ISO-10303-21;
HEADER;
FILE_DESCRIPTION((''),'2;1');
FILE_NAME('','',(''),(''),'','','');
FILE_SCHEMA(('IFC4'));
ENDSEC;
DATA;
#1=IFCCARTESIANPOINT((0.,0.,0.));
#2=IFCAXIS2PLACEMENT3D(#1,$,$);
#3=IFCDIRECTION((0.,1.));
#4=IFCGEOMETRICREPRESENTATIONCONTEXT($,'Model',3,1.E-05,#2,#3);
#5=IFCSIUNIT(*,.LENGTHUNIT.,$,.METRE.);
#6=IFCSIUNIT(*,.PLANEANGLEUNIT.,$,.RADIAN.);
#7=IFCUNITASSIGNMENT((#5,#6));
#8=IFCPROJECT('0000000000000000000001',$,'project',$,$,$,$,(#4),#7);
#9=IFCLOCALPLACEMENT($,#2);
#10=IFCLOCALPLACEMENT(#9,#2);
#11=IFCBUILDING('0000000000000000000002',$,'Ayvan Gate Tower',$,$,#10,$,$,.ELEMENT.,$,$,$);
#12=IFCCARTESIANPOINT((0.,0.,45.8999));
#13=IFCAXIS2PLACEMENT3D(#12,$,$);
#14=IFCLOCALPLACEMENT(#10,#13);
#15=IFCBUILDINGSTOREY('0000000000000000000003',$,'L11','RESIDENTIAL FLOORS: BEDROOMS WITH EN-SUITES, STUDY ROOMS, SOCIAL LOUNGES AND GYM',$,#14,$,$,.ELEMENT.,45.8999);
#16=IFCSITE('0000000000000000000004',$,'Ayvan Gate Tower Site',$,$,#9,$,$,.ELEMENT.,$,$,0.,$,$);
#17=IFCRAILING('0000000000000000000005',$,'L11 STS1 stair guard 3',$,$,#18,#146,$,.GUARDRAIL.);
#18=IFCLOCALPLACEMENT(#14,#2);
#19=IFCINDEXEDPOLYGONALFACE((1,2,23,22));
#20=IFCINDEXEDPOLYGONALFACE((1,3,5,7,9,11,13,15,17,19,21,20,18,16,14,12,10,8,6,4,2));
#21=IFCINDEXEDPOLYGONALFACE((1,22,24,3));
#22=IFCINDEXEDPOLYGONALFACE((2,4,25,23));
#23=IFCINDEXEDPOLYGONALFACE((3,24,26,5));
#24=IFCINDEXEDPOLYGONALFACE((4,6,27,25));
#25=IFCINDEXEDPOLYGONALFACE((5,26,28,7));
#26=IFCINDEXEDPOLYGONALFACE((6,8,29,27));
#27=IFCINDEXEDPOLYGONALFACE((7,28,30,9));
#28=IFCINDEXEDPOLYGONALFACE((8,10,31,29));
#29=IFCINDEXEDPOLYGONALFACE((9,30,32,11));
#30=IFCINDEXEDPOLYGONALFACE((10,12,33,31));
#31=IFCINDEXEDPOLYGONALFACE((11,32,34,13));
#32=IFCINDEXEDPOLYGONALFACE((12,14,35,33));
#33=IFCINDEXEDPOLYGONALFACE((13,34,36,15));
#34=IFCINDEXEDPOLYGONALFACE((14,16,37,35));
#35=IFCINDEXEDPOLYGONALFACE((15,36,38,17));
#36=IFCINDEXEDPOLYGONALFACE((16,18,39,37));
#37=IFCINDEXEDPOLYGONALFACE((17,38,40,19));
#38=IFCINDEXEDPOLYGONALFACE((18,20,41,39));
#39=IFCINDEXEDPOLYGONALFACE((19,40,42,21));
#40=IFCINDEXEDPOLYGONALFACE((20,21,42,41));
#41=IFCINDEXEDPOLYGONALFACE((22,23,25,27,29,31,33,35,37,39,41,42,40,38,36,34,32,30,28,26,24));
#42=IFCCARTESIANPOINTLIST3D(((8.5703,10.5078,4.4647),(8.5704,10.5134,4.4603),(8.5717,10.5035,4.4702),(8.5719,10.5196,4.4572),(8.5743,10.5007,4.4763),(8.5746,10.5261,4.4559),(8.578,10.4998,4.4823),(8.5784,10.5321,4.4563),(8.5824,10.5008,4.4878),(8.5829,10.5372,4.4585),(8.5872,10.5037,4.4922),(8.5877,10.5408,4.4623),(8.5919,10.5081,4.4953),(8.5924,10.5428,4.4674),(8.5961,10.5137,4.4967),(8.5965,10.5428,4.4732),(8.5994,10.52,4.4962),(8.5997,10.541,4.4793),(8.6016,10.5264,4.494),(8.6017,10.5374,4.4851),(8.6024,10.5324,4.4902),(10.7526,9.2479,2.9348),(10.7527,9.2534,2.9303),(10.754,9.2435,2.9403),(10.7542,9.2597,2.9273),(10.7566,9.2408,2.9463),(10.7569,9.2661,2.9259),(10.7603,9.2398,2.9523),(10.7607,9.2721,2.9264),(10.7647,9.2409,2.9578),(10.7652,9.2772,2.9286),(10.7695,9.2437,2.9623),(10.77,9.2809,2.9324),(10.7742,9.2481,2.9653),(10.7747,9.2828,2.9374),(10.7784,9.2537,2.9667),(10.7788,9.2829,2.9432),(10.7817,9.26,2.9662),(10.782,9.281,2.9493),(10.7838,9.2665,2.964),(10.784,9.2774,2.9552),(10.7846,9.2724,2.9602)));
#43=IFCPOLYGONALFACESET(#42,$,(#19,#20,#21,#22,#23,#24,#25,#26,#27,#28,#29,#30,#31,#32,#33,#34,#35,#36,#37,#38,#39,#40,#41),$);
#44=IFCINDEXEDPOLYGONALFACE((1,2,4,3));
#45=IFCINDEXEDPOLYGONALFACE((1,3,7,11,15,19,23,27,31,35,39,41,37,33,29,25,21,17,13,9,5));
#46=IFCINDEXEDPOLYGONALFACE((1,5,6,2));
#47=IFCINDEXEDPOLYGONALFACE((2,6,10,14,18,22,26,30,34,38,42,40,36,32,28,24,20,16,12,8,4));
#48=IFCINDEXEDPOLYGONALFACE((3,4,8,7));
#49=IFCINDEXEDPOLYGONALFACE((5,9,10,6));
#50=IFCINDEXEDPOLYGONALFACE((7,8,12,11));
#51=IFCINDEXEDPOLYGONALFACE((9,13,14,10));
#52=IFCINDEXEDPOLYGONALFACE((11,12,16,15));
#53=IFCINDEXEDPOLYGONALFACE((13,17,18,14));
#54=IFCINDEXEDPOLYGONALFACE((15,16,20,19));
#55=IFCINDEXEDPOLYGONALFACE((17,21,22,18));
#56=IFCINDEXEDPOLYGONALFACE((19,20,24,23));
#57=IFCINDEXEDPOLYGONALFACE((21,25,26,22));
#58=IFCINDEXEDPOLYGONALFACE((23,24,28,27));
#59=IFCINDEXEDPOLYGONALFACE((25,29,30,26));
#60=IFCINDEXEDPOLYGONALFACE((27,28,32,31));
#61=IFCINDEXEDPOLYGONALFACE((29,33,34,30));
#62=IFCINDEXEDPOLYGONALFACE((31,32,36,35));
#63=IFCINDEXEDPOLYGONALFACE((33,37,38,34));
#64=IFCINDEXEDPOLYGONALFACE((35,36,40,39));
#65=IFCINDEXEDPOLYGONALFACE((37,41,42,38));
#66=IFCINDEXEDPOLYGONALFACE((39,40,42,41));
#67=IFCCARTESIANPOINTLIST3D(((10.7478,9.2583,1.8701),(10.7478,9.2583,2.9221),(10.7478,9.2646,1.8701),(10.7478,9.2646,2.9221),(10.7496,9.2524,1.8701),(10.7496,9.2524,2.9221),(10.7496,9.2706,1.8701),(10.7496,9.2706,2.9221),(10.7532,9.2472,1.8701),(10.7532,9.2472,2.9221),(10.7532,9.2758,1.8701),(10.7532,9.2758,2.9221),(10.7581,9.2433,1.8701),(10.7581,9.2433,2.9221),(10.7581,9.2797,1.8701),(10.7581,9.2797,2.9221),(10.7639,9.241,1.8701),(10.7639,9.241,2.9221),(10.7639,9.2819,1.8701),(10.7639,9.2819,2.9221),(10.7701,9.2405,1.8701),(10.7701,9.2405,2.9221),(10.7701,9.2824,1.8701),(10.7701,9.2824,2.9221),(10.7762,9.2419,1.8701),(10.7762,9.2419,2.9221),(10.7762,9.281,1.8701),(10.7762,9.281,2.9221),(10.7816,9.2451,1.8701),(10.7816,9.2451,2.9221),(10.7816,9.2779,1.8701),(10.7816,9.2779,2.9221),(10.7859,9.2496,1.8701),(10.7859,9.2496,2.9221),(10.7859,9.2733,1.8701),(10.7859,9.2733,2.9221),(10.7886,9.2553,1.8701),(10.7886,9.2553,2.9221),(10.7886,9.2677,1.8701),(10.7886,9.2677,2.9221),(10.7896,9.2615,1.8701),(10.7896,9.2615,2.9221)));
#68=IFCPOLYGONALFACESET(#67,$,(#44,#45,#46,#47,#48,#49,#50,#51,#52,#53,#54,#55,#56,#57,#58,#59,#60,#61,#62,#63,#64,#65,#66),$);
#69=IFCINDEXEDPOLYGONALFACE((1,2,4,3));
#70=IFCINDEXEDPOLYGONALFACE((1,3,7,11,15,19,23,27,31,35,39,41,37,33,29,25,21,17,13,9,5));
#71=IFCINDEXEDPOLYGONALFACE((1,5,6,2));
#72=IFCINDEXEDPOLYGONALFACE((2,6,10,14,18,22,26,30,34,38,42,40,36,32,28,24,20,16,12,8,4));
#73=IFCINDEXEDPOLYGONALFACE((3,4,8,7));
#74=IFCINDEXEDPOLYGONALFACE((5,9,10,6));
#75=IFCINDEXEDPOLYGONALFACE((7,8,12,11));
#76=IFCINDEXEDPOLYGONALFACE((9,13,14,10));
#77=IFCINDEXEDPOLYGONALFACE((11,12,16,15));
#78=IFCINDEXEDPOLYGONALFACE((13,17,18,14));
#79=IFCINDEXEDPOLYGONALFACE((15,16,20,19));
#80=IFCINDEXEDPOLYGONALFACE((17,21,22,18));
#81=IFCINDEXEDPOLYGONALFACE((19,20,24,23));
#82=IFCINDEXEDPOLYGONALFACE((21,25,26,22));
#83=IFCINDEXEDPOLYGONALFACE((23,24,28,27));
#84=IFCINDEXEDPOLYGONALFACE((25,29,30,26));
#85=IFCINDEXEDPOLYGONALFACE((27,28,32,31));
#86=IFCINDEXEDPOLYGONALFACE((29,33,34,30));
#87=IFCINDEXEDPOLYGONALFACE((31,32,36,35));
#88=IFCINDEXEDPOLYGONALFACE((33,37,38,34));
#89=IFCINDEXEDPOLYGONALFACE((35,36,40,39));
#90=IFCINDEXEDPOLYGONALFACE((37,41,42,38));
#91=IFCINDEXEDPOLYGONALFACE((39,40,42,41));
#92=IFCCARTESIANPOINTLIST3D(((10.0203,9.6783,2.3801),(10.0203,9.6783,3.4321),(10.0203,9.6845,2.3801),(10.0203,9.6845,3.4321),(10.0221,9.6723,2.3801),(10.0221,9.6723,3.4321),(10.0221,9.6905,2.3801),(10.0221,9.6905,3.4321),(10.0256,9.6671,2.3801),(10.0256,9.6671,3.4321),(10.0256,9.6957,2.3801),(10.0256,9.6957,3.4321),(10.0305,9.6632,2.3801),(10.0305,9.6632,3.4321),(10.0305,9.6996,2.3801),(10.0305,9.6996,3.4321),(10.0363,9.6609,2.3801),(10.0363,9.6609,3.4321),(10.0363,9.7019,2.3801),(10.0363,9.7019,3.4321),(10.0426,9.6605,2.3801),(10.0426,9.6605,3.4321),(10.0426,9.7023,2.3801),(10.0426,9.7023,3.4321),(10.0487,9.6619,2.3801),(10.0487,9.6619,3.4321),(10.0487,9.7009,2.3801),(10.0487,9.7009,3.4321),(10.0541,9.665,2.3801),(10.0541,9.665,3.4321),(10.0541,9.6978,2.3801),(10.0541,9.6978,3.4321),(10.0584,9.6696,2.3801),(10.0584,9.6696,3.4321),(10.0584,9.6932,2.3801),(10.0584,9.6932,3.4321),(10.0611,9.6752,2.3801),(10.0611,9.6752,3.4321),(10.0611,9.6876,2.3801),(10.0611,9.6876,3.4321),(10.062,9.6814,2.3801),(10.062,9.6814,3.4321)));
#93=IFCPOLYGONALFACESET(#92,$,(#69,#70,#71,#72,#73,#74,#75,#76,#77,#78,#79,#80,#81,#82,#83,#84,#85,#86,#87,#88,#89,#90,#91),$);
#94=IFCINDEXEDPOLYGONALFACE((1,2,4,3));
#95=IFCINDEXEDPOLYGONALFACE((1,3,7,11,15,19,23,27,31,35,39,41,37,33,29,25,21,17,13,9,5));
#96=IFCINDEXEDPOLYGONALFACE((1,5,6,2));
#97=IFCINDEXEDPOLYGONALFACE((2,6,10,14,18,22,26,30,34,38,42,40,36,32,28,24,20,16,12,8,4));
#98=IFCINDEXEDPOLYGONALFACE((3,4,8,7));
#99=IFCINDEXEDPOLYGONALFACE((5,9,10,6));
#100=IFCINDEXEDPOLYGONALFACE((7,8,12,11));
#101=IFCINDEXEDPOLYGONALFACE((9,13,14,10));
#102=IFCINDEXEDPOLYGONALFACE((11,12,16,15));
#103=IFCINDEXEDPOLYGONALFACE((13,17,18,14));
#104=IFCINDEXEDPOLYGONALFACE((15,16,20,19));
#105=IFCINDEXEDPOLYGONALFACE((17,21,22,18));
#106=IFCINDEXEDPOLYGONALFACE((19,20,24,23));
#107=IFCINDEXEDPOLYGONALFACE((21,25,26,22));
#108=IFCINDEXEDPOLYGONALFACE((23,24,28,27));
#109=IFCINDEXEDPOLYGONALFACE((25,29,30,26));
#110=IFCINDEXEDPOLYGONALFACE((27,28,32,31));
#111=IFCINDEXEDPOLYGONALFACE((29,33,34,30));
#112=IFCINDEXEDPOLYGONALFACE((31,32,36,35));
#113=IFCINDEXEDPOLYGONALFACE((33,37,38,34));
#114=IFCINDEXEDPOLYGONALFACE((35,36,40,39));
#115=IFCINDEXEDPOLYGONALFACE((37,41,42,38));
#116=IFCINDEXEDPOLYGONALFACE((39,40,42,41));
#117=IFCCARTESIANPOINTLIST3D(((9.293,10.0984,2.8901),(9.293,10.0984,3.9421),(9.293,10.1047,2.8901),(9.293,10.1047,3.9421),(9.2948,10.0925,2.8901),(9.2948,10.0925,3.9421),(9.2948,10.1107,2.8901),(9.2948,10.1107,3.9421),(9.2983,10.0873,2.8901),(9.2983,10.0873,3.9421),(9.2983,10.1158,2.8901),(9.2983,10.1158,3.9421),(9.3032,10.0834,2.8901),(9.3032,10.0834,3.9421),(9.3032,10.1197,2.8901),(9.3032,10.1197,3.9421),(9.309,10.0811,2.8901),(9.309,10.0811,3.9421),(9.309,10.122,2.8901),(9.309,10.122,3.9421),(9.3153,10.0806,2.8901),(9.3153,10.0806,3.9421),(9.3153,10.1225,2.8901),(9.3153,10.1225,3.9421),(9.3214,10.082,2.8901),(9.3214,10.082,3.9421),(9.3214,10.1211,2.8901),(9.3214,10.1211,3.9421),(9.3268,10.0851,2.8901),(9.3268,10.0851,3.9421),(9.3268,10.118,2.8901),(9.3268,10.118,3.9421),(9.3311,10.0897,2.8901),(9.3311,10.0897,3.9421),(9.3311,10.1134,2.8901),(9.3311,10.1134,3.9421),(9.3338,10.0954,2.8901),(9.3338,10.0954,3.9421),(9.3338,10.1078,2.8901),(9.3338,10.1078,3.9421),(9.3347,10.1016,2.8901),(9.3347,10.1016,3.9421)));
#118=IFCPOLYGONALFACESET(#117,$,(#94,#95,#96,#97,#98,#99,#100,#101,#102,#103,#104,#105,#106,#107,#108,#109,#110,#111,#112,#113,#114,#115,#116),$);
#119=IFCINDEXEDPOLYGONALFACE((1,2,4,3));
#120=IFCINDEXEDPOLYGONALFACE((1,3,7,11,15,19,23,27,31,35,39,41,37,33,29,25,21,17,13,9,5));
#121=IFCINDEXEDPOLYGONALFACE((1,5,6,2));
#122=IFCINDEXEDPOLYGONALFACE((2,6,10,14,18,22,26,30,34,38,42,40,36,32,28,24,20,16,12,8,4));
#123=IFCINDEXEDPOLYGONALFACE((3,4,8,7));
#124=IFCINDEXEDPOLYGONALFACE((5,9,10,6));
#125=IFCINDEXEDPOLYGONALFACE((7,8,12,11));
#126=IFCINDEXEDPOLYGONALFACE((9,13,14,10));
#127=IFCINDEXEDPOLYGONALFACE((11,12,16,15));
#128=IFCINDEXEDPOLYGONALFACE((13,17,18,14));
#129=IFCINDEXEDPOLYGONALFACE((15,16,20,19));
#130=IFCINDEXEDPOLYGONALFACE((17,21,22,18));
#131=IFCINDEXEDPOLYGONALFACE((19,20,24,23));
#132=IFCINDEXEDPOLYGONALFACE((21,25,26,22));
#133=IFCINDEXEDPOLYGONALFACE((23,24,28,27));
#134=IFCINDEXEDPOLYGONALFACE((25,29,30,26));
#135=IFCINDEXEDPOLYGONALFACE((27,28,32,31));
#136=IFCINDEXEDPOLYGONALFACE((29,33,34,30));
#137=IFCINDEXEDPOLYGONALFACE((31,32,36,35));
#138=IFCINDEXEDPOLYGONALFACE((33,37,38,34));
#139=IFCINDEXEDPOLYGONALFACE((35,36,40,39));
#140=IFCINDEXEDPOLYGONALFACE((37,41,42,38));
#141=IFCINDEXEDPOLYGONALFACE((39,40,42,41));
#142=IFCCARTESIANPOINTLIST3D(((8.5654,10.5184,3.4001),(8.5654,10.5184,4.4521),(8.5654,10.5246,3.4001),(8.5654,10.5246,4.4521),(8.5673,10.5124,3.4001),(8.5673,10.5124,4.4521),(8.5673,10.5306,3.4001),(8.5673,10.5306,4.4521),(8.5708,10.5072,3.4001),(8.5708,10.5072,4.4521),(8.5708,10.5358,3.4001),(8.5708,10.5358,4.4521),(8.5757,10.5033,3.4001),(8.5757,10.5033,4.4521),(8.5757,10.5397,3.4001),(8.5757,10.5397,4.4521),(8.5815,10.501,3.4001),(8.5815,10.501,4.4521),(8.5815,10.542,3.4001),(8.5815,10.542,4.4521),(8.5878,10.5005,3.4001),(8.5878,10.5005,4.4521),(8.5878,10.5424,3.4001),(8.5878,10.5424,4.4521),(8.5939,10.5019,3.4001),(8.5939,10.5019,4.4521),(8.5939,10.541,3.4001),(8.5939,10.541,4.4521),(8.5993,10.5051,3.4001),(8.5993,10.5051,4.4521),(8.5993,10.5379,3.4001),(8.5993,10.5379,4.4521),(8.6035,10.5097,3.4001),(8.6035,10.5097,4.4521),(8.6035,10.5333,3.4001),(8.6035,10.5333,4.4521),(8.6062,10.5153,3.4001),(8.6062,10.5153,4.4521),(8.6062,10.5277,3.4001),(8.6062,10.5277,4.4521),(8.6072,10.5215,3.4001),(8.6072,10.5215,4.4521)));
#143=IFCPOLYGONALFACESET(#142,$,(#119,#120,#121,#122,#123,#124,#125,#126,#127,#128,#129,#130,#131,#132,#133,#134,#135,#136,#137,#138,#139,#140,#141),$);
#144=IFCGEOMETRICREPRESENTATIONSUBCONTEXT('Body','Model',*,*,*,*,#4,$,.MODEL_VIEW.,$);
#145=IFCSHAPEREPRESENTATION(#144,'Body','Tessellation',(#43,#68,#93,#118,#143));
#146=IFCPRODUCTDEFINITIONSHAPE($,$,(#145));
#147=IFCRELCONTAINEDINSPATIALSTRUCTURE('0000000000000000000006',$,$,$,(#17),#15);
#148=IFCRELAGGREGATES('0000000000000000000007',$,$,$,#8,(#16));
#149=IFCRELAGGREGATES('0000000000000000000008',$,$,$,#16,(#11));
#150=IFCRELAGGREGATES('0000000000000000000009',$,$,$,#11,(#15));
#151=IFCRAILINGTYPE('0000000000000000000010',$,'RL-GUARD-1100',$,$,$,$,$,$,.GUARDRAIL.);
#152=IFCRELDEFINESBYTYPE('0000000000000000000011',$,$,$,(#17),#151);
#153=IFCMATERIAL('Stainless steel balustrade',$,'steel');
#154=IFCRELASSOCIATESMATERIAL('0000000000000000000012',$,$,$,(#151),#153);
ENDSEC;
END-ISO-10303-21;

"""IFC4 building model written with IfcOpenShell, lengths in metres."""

from ifc_helpers import new_model, si_unit, direction, frame, origin, origin_2d, place, context, subcontext, project, spatial, circle, extrude, material, type_object, element, save


model = new_model("IFC4")

# Units and contexts
model_context = context("Model", 3, precision=1e-05, world=origin(), true_north=direction((0.0, 1.0)))
body_context = subcontext(model_context, "Body", "Model", "MODEL_VIEW")
ifc_project = project(units=[si_unit("LENGTHUNIT", "METRE"), si_unit("PLANEANGLEUNIT", "RADIAN")], contexts=[model_context])

# Site, building, storey
site_placement = place(None, origin())
site = spatial("IfcSite", under=ifc_project, at=site_placement, Name="Ayvan Gate Tower Site", CompositionType="ELEMENT", RefElevation=0.0)
building_placement = place(site_placement, origin())
building = spatial("IfcBuilding", under=site, at=building_placement, Name="Ayvan Gate Tower", CompositionType="ELEMENT")
storey_placement = place(building_placement, frame((0.0, 0.0, 45.8999)))
storey = spatial("IfcBuildingStorey", under=building, at=storey_placement, Name="L11", Description="RESIDENTIAL FLOORS: BEDROOMS WITH EN-SUITES, STUDY ROOMS, SOCIAL LOUNGES AND GYM", CompositionType="ELEMENT", Elevation=45.8999)

# Railing
ifc_material_1 = material(Name="Stainless steel balustrade", Category="steel")
railing_type_1 = type_object("IfcRailingType", Name="RL-GUARD-1100", PredefinedType="GUARDRAIL", material=ifc_material_1)
railing_1_placement = place(storey_placement, frame((10.7686, 9.2615, 1.8701)))
element("IfcRailing", 1, at=railing_1_placement, inside=storey, type_object=railing_type_1, Name="L11 STS1 stair guard 3", PredefinedType="GUARDRAIL", context=body_context, shape_type="SweptSolid", body=[
    extrude(circle(Radius=0.0239, at=origin_2d()), frame((0.0, 0.0, 1.0762), z_axis=(-0.740261, 0.427395, 0.518986), x_axis=(-0.500005, -0.866023, 0.0)), (0.0, 0.0, 1.0), 2.948),
    extrude(circle(Radius=0.021, at=origin_2d()), origin(), (0.0, 0.0, 1.0), 1.052),
    extrude(circle(Radius=0.021, at=origin_2d()), frame((-0.7275, 0.4199, 0.51)), (0.0, 0.0, 1.0), 1.052),
    extrude(circle(Radius=0.021, at=origin_2d()), frame((-1.4548, 0.8401, 1.02)), (0.0, 0.0, 1.0), 1.052),
    extrude(circle(Radius=0.021, at=origin_2d()), frame((-2.1824, 1.26, 1.53)), (0.0, 0.0, 1.0), 1.052),
])

save(model, "model.ifc")
